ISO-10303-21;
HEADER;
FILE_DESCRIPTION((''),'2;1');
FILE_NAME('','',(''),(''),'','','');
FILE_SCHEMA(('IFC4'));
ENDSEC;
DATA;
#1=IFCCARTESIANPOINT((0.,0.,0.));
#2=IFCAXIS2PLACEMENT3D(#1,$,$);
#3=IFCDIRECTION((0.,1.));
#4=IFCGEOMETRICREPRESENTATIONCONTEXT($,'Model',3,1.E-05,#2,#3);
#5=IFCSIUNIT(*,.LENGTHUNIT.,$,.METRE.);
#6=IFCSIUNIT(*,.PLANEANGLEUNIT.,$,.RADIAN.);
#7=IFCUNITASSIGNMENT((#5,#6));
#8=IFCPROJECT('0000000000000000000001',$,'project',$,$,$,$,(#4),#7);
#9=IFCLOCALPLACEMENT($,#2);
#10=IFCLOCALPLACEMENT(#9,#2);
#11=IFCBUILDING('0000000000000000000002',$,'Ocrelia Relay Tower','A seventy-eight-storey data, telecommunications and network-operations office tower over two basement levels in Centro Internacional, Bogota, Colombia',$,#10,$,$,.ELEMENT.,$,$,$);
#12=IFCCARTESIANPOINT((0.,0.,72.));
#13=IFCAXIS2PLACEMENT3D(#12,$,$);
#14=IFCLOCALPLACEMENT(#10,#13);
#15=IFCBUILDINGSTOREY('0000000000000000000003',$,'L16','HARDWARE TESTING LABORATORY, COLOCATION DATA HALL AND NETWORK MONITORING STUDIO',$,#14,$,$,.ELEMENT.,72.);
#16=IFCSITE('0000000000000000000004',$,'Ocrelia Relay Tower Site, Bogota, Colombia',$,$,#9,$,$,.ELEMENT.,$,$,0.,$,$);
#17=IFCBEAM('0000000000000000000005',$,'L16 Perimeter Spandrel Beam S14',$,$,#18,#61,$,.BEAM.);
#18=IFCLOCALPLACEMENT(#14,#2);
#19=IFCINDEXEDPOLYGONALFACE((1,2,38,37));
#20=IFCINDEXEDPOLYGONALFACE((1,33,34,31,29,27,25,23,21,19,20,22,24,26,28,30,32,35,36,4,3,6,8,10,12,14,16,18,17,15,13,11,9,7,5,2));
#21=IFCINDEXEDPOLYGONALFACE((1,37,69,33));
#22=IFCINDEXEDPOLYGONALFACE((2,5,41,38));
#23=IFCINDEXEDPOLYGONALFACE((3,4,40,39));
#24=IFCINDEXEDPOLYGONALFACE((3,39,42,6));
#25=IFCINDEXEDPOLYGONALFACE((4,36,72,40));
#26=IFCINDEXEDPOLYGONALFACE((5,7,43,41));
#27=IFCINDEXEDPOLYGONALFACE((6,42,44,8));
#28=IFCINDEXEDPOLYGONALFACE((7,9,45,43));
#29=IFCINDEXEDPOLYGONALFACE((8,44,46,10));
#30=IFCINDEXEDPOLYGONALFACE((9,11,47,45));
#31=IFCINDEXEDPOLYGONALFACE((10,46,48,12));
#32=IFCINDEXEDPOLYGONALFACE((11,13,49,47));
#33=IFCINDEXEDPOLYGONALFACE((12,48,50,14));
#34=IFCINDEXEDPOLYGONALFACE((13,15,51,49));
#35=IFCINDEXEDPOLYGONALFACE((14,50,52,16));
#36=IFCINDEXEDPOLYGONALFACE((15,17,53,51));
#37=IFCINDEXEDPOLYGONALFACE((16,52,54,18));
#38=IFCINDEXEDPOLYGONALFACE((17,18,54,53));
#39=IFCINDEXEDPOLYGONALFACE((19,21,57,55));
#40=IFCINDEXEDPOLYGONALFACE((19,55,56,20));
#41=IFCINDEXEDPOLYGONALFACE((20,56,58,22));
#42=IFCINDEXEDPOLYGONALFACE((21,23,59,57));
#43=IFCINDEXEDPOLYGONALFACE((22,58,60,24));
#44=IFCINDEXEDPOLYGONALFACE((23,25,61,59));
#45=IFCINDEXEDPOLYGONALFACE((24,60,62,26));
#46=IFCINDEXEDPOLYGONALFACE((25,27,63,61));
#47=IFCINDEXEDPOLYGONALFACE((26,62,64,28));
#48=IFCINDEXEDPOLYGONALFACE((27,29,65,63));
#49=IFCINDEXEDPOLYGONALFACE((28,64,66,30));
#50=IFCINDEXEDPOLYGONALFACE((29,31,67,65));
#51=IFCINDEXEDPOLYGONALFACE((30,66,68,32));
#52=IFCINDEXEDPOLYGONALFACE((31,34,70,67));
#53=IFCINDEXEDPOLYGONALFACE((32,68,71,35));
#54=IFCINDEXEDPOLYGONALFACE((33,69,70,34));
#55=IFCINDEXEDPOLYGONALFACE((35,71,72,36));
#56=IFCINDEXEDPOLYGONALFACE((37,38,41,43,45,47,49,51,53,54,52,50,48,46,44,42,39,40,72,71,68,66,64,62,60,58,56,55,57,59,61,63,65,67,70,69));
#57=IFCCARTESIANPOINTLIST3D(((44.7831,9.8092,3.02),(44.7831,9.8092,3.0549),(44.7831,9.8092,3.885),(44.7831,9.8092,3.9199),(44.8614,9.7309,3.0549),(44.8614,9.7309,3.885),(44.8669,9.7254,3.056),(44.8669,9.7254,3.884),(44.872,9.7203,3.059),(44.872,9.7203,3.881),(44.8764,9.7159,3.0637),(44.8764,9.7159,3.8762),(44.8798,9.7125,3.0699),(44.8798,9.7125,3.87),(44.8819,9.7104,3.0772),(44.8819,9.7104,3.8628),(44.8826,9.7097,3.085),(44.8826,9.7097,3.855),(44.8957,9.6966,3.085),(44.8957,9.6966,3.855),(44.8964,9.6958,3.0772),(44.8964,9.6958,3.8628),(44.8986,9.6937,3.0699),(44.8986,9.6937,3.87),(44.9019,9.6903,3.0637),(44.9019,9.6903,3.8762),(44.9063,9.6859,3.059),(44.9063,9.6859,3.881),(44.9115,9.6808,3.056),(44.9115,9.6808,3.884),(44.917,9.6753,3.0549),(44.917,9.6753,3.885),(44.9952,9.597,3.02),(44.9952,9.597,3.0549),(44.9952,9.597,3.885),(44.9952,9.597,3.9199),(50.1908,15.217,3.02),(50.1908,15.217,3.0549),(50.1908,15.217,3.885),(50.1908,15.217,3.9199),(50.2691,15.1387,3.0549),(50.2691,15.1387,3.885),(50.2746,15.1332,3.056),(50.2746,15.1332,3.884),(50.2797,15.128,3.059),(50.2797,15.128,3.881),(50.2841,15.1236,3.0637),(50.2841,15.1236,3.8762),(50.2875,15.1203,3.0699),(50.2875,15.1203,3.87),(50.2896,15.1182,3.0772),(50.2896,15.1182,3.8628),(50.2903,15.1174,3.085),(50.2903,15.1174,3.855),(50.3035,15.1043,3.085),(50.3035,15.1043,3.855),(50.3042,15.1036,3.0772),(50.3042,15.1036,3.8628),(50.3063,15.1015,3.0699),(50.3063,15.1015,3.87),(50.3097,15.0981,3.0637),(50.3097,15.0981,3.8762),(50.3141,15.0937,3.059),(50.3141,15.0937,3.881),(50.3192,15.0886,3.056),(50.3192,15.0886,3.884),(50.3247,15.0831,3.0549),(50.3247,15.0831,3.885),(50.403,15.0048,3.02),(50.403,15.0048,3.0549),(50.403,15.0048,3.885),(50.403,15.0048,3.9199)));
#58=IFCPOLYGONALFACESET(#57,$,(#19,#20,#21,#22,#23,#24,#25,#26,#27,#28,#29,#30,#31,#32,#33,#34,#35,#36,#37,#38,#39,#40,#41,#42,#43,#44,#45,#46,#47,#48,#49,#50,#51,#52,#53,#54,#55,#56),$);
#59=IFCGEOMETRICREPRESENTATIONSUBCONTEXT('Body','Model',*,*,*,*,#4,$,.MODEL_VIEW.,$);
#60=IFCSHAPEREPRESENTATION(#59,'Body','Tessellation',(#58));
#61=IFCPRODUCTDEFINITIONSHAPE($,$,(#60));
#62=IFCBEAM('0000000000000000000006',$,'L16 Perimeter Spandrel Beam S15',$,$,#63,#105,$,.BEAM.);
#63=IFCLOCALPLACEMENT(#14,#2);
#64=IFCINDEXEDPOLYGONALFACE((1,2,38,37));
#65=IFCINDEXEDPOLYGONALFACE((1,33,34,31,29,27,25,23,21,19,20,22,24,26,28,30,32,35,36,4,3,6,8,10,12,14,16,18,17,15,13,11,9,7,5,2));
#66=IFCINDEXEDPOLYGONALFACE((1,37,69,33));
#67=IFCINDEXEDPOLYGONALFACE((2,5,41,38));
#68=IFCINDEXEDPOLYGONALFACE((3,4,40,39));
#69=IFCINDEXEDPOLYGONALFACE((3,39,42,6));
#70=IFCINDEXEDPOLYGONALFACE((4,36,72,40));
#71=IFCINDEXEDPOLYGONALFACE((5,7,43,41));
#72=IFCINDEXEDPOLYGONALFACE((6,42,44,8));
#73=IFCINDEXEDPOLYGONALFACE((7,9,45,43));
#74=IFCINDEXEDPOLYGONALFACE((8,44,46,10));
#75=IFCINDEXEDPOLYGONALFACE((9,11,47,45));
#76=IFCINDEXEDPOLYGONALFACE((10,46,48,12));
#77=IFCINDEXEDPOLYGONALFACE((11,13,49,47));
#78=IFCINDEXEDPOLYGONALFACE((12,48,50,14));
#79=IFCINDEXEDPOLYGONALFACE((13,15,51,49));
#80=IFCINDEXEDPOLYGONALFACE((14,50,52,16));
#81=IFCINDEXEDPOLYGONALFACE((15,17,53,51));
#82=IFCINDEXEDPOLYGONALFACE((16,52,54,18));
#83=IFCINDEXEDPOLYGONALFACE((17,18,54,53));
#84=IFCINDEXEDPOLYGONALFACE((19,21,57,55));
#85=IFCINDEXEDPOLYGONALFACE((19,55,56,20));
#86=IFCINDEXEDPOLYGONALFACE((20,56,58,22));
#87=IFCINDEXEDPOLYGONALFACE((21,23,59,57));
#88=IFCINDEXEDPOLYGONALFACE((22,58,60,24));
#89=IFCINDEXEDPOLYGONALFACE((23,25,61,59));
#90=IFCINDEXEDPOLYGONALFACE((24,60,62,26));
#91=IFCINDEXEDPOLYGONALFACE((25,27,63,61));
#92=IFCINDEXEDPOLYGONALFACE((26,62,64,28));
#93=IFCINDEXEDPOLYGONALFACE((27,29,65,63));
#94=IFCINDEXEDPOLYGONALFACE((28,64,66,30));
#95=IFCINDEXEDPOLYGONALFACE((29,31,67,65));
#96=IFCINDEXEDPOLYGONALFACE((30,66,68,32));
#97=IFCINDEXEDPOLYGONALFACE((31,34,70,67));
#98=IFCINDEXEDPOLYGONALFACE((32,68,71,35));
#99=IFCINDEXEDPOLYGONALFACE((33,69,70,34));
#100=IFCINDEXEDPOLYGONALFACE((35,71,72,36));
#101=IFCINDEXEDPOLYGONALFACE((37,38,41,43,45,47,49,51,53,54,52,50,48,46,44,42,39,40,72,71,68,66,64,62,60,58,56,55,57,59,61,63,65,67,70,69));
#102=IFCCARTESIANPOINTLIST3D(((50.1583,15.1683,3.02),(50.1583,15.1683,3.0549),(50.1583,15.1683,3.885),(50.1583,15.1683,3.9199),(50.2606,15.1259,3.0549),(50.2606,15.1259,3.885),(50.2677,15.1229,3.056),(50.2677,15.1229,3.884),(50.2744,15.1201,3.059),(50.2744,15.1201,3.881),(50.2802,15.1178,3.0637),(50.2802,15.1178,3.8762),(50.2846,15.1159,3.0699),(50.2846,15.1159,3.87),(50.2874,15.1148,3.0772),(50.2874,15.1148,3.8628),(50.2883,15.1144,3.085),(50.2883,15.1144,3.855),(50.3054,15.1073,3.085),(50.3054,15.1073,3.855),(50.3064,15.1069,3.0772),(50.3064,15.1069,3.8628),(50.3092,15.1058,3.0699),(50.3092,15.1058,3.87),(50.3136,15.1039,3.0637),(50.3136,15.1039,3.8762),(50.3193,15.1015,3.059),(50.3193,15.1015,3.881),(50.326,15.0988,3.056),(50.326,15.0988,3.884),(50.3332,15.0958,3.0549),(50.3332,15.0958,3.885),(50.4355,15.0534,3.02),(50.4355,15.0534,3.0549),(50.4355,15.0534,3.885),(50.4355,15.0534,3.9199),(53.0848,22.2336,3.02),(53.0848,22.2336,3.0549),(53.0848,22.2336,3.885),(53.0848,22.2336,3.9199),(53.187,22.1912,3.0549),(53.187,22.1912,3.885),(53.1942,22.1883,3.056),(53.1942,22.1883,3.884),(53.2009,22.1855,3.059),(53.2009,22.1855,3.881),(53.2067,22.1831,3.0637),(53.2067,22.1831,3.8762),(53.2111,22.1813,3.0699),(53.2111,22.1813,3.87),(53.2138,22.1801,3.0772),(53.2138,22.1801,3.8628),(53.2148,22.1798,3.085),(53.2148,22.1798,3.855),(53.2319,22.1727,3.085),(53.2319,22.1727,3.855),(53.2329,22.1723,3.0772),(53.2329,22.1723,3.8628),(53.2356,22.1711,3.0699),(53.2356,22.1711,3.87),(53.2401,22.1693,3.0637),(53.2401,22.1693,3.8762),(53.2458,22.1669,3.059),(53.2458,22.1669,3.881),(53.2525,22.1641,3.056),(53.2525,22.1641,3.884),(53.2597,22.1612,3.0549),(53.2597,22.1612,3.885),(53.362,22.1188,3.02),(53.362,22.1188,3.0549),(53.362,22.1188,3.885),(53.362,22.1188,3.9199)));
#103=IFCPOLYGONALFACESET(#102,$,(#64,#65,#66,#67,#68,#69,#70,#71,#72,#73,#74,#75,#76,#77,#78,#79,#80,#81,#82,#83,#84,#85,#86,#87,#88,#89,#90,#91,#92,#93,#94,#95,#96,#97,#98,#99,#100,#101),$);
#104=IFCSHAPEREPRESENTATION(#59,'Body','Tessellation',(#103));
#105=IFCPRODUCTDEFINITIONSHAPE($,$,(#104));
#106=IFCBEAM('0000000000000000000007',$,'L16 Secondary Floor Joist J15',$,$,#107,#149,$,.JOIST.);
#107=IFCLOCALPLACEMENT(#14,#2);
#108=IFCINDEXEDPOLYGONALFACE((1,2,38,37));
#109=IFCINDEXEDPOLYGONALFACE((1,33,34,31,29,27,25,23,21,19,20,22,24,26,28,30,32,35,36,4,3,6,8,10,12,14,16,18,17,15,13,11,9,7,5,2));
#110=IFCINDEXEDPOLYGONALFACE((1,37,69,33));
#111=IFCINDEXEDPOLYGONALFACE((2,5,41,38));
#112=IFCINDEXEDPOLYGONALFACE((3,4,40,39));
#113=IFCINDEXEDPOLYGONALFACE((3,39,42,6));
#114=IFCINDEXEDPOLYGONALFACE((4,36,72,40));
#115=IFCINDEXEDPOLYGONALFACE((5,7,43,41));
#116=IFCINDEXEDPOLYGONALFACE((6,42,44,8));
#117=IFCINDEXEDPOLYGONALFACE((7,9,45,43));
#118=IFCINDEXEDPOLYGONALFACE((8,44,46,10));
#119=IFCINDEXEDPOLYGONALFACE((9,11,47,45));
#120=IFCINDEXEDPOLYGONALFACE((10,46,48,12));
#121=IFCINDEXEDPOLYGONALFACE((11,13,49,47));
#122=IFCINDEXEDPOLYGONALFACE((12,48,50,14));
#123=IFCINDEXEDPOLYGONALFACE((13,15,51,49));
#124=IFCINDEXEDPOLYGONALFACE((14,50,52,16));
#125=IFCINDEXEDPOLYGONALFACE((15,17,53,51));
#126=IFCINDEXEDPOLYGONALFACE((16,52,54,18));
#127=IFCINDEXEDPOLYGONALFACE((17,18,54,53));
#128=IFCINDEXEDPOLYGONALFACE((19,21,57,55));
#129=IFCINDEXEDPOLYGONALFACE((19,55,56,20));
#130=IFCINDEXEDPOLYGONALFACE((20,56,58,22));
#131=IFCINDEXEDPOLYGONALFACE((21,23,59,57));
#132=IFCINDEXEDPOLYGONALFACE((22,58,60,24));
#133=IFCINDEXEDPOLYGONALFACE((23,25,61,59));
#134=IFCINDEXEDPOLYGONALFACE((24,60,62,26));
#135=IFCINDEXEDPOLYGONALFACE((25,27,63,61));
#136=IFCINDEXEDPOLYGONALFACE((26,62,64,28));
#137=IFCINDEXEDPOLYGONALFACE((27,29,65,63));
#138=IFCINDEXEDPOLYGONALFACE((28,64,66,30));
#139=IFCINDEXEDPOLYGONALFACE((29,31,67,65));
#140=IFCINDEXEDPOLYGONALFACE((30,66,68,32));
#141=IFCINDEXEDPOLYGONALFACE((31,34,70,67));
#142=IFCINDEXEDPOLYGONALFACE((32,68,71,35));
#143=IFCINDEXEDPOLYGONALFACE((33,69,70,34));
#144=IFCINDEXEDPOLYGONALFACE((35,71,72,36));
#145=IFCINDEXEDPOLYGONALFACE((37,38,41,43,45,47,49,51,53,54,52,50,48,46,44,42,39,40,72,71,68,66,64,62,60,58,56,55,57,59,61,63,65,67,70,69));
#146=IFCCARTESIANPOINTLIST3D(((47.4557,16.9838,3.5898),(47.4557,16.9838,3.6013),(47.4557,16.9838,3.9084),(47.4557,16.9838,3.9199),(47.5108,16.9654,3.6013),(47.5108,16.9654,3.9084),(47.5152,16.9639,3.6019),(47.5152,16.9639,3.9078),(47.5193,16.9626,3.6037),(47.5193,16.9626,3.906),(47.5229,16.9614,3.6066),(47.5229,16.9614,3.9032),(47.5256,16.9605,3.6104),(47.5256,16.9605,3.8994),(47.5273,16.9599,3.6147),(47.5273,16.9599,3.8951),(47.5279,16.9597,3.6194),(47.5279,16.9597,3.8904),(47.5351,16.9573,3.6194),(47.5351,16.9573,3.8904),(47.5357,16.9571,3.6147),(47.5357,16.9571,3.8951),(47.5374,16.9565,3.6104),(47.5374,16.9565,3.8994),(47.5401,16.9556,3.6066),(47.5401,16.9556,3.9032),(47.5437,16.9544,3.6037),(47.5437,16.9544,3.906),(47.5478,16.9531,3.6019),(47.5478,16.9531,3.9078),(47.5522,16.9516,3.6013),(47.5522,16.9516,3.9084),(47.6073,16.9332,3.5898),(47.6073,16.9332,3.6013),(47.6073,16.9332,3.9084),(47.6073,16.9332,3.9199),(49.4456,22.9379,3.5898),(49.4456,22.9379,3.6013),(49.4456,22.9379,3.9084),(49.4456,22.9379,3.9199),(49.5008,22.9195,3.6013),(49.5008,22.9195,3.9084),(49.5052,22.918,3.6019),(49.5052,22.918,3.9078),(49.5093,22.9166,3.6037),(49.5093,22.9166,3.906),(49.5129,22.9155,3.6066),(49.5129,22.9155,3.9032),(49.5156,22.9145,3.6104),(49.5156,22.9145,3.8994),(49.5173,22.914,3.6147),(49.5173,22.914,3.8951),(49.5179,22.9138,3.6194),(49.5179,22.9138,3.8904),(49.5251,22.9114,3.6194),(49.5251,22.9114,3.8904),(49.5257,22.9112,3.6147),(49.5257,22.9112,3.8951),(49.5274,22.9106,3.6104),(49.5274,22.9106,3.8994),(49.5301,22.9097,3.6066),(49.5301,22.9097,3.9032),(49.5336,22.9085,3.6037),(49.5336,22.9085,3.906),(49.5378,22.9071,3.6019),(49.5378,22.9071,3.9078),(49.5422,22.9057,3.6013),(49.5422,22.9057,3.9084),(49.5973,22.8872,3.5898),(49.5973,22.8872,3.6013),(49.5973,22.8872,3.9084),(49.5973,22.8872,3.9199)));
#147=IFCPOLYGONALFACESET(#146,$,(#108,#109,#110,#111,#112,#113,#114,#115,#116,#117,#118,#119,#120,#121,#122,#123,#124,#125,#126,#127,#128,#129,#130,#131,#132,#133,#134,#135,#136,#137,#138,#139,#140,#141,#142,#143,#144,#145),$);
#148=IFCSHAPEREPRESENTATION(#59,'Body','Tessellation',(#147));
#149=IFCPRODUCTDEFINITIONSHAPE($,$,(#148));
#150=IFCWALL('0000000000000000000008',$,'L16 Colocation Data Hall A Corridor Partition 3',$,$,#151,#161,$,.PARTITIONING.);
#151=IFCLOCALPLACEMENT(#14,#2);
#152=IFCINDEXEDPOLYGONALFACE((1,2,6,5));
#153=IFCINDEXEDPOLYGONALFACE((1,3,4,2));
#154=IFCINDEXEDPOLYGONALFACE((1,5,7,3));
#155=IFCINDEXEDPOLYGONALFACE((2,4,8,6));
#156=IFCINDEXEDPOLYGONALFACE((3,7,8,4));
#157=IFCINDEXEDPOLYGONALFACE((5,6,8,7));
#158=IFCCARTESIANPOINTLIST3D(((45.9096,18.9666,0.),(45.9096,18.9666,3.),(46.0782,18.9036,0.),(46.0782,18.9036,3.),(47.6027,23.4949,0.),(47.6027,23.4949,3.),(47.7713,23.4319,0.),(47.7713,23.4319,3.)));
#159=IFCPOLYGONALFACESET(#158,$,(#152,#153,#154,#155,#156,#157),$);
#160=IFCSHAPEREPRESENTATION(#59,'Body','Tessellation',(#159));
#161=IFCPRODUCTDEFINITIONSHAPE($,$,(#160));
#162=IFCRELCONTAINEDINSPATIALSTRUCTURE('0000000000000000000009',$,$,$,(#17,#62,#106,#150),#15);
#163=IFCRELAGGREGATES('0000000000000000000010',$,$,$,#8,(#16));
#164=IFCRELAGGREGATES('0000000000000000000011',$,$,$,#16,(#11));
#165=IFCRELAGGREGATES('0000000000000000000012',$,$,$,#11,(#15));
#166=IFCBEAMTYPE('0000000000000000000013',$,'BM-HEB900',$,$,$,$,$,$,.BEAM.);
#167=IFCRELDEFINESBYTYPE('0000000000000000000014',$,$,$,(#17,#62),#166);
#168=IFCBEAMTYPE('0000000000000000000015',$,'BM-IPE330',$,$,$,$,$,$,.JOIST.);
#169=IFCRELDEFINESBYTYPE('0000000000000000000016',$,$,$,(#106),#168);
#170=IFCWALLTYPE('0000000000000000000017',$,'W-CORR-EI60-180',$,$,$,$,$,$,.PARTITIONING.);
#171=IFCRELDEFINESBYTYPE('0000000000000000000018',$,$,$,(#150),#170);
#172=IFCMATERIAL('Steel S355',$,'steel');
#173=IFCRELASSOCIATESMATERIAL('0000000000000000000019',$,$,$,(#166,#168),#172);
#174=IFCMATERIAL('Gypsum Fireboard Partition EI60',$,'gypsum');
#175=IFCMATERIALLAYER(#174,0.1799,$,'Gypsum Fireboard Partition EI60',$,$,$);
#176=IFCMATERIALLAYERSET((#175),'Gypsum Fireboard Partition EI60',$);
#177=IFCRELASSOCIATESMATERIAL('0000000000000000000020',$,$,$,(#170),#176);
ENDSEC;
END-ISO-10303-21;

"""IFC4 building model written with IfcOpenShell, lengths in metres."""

from ifc_helpers import new_model, si_unit, direction, frame, frame_2d, origin, origin_2d, place, context, subcontext, project, spatial, rectangle, i_section, extrude, material, layer, layer_set, material_profile, profile_set, type_object, element, save


model = new_model("IFC4")

# Units and contexts
model_context = context("Model", 3, precision=1e-05, world=origin(), true_north=direction((0.0, 1.0)))
body_context = subcontext(model_context, "Body", "Model", "MODEL_VIEW")
ifc_project = project(units=[si_unit("LENGTHUNIT", "METRE"), si_unit("PLANEANGLEUNIT", "RADIAN")], contexts=[model_context])

# Site, building, storey
site_placement = place(None, origin())
site = spatial("IfcSite", under=ifc_project, at=site_placement, Name="Ocrelia Relay Tower Site, Bogota, Colombia", CompositionType="ELEMENT", RefElevation=0.0)
building_placement = place(site_placement, origin())
building = spatial("IfcBuilding", under=site, at=building_placement, Name="Ocrelia Relay Tower", Description="A seventy-eight-storey data, telecommunications and network-operations office tower over two basement levels in Centro Internacional, Bogota, Colombia", CompositionType="ELEMENT")
storey_placement = place(building_placement, frame((0.0, 0.0, 72.0)))
storey = spatial("IfcBuildingStorey", under=building, at=storey_placement, Name="L16", Description="HARDWARE TESTING LABORATORY, COLOCATION DATA HALL AND NETWORK MONITORING STUDIO", CompositionType="ELEMENT", Elevation=72.0)

# Beams
ifc_material_1 = material(Name="Steel S355", Category="steel")
ifc_material_profile_1 = material_profile(ifc_material_1, i_section(OverallWidth=0.3, OverallDepth=0.8999, WebThickness=0.0186, FlangeThickness=0.0349, FilletRadius=0.03, at=origin_2d()), Name="HEB 900")
ifc_profile_set_1 = profile_set([ifc_material_profile_1], Name="Steel S355")
beam_type_1 = type_object("IfcBeamType", Name="BM-HEB900", PredefinedType="BEAM", material=ifc_profile_set_1)
beam_1_placement = place(storey_placement, frame((44.8892, 9.7031, 3.47), z_axis=(0.707107, 0.707107, 0.0), x_axis=(-0.707107, 0.707107, 0.0)))
element("IfcBeam", 1, at=beam_1_placement, inside=storey, type_object=beam_type_1, Name="L16 Perimeter Spandrel Beam S14", PredefinedType="BEAM", context=body_context, shape_type="SweptSolid", body=[
    extrude(i_section(OverallWidth=0.3, OverallDepth=0.8999, WebThickness=0.0186, FlangeThickness=0.0349, FilletRadius=0.03, at=origin_2d()), origin(), (0.0, 0.0, 1.0), 7.6477),
])
beam_2_placement = place(storey_placement, frame((50.2969, 15.1108, 3.47), z_axis=(0.382674, 0.923883, 0.0), x_axis=(-0.923883, 0.382674, 0.0)))
element("IfcBeam", 2, at=beam_2_placement, inside=storey, type_object=beam_type_1, Name="L16 Perimeter Spandrel Beam S15", PredefinedType="BEAM", context=body_context, shape_type="SweptSolid", body=[
    extrude(i_section(OverallWidth=0.3, OverallDepth=0.8999, WebThickness=0.0186, FlangeThickness=0.0349, FilletRadius=0.03, at=origin_2d()), origin(), (0.0, 0.0, 1.0), 7.6475),
])
ifc_material_profile_2 = material_profile(ifc_material_1, i_section(OverallWidth=0.1599, OverallDepth=0.3301, WebThickness=0.0076, FlangeThickness=0.0115, FilletRadius=0.0181, at=origin_2d()), Name="IPE 330")
ifc_profile_set_2 = profile_set([ifc_material_profile_2], Name="Steel S355")
beam_type_2 = type_object("IfcBeamType", Name="BM-IPE330", PredefinedType="JOIST", material=ifc_profile_set_2)
beam_3_placement = place(storey_placement, frame((47.5315, 16.9585, 3.7549), z_axis=(0.316986, 0.94843, 0.0), x_axis=(-0.94843, 0.316986, 0.0)))
element("IfcBeam", 3, at=beam_3_placement, inside=storey, type_object=beam_type_2, Name="L16 Secondary Floor Joist J15", PredefinedType="JOIST", context=body_context, shape_type="SweptSolid", body=[
    extrude(i_section(OverallWidth=0.1599, OverallDepth=0.3301, WebThickness=0.0076, FlangeThickness=0.0115, FilletRadius=0.0181, at=origin_2d()), origin(), (0.0, 0.0, 1.0), 6.2778),
])

# Wall
ifc_material_2 = material(Name="Gypsum Fireboard Partition EI60", Category="gypsum")
ifc_layer_1 = layer(ifc_material_2, 0.1799, Name="Gypsum Fireboard Partition EI60")
ifc_layer_set_1 = layer_set([ifc_layer_1], Name="Gypsum Fireboard Partition EI60")
wall_type_1 = type_object("IfcWallType", Name="W-CORR-EI60-180", PredefinedType="PARTITIONING", material=ifc_layer_set_1)
wall_1_placement = place(storey_placement, frame((45.9939, 18.9351, 0.0), z_axis=(0.0, 0.0, 1.0), x_axis=(0.350216, 0.936669, 0.0)))
element("IfcWall", 4, at=wall_1_placement, inside=storey, type_object=wall_type_1, Name="L16 Colocation Data Hall A Corridor Partition 3", PredefinedType="PARTITIONING", context=body_context, shape_type="SweptSolid", body=[
    extrude(rectangle(XDim=4.8345, YDim=0.1799, at=frame_2d((2.4172, 0.0))), origin(), (0.0, 0.0, 1.0), 3.0),
])

save(model, "model.ifc")
